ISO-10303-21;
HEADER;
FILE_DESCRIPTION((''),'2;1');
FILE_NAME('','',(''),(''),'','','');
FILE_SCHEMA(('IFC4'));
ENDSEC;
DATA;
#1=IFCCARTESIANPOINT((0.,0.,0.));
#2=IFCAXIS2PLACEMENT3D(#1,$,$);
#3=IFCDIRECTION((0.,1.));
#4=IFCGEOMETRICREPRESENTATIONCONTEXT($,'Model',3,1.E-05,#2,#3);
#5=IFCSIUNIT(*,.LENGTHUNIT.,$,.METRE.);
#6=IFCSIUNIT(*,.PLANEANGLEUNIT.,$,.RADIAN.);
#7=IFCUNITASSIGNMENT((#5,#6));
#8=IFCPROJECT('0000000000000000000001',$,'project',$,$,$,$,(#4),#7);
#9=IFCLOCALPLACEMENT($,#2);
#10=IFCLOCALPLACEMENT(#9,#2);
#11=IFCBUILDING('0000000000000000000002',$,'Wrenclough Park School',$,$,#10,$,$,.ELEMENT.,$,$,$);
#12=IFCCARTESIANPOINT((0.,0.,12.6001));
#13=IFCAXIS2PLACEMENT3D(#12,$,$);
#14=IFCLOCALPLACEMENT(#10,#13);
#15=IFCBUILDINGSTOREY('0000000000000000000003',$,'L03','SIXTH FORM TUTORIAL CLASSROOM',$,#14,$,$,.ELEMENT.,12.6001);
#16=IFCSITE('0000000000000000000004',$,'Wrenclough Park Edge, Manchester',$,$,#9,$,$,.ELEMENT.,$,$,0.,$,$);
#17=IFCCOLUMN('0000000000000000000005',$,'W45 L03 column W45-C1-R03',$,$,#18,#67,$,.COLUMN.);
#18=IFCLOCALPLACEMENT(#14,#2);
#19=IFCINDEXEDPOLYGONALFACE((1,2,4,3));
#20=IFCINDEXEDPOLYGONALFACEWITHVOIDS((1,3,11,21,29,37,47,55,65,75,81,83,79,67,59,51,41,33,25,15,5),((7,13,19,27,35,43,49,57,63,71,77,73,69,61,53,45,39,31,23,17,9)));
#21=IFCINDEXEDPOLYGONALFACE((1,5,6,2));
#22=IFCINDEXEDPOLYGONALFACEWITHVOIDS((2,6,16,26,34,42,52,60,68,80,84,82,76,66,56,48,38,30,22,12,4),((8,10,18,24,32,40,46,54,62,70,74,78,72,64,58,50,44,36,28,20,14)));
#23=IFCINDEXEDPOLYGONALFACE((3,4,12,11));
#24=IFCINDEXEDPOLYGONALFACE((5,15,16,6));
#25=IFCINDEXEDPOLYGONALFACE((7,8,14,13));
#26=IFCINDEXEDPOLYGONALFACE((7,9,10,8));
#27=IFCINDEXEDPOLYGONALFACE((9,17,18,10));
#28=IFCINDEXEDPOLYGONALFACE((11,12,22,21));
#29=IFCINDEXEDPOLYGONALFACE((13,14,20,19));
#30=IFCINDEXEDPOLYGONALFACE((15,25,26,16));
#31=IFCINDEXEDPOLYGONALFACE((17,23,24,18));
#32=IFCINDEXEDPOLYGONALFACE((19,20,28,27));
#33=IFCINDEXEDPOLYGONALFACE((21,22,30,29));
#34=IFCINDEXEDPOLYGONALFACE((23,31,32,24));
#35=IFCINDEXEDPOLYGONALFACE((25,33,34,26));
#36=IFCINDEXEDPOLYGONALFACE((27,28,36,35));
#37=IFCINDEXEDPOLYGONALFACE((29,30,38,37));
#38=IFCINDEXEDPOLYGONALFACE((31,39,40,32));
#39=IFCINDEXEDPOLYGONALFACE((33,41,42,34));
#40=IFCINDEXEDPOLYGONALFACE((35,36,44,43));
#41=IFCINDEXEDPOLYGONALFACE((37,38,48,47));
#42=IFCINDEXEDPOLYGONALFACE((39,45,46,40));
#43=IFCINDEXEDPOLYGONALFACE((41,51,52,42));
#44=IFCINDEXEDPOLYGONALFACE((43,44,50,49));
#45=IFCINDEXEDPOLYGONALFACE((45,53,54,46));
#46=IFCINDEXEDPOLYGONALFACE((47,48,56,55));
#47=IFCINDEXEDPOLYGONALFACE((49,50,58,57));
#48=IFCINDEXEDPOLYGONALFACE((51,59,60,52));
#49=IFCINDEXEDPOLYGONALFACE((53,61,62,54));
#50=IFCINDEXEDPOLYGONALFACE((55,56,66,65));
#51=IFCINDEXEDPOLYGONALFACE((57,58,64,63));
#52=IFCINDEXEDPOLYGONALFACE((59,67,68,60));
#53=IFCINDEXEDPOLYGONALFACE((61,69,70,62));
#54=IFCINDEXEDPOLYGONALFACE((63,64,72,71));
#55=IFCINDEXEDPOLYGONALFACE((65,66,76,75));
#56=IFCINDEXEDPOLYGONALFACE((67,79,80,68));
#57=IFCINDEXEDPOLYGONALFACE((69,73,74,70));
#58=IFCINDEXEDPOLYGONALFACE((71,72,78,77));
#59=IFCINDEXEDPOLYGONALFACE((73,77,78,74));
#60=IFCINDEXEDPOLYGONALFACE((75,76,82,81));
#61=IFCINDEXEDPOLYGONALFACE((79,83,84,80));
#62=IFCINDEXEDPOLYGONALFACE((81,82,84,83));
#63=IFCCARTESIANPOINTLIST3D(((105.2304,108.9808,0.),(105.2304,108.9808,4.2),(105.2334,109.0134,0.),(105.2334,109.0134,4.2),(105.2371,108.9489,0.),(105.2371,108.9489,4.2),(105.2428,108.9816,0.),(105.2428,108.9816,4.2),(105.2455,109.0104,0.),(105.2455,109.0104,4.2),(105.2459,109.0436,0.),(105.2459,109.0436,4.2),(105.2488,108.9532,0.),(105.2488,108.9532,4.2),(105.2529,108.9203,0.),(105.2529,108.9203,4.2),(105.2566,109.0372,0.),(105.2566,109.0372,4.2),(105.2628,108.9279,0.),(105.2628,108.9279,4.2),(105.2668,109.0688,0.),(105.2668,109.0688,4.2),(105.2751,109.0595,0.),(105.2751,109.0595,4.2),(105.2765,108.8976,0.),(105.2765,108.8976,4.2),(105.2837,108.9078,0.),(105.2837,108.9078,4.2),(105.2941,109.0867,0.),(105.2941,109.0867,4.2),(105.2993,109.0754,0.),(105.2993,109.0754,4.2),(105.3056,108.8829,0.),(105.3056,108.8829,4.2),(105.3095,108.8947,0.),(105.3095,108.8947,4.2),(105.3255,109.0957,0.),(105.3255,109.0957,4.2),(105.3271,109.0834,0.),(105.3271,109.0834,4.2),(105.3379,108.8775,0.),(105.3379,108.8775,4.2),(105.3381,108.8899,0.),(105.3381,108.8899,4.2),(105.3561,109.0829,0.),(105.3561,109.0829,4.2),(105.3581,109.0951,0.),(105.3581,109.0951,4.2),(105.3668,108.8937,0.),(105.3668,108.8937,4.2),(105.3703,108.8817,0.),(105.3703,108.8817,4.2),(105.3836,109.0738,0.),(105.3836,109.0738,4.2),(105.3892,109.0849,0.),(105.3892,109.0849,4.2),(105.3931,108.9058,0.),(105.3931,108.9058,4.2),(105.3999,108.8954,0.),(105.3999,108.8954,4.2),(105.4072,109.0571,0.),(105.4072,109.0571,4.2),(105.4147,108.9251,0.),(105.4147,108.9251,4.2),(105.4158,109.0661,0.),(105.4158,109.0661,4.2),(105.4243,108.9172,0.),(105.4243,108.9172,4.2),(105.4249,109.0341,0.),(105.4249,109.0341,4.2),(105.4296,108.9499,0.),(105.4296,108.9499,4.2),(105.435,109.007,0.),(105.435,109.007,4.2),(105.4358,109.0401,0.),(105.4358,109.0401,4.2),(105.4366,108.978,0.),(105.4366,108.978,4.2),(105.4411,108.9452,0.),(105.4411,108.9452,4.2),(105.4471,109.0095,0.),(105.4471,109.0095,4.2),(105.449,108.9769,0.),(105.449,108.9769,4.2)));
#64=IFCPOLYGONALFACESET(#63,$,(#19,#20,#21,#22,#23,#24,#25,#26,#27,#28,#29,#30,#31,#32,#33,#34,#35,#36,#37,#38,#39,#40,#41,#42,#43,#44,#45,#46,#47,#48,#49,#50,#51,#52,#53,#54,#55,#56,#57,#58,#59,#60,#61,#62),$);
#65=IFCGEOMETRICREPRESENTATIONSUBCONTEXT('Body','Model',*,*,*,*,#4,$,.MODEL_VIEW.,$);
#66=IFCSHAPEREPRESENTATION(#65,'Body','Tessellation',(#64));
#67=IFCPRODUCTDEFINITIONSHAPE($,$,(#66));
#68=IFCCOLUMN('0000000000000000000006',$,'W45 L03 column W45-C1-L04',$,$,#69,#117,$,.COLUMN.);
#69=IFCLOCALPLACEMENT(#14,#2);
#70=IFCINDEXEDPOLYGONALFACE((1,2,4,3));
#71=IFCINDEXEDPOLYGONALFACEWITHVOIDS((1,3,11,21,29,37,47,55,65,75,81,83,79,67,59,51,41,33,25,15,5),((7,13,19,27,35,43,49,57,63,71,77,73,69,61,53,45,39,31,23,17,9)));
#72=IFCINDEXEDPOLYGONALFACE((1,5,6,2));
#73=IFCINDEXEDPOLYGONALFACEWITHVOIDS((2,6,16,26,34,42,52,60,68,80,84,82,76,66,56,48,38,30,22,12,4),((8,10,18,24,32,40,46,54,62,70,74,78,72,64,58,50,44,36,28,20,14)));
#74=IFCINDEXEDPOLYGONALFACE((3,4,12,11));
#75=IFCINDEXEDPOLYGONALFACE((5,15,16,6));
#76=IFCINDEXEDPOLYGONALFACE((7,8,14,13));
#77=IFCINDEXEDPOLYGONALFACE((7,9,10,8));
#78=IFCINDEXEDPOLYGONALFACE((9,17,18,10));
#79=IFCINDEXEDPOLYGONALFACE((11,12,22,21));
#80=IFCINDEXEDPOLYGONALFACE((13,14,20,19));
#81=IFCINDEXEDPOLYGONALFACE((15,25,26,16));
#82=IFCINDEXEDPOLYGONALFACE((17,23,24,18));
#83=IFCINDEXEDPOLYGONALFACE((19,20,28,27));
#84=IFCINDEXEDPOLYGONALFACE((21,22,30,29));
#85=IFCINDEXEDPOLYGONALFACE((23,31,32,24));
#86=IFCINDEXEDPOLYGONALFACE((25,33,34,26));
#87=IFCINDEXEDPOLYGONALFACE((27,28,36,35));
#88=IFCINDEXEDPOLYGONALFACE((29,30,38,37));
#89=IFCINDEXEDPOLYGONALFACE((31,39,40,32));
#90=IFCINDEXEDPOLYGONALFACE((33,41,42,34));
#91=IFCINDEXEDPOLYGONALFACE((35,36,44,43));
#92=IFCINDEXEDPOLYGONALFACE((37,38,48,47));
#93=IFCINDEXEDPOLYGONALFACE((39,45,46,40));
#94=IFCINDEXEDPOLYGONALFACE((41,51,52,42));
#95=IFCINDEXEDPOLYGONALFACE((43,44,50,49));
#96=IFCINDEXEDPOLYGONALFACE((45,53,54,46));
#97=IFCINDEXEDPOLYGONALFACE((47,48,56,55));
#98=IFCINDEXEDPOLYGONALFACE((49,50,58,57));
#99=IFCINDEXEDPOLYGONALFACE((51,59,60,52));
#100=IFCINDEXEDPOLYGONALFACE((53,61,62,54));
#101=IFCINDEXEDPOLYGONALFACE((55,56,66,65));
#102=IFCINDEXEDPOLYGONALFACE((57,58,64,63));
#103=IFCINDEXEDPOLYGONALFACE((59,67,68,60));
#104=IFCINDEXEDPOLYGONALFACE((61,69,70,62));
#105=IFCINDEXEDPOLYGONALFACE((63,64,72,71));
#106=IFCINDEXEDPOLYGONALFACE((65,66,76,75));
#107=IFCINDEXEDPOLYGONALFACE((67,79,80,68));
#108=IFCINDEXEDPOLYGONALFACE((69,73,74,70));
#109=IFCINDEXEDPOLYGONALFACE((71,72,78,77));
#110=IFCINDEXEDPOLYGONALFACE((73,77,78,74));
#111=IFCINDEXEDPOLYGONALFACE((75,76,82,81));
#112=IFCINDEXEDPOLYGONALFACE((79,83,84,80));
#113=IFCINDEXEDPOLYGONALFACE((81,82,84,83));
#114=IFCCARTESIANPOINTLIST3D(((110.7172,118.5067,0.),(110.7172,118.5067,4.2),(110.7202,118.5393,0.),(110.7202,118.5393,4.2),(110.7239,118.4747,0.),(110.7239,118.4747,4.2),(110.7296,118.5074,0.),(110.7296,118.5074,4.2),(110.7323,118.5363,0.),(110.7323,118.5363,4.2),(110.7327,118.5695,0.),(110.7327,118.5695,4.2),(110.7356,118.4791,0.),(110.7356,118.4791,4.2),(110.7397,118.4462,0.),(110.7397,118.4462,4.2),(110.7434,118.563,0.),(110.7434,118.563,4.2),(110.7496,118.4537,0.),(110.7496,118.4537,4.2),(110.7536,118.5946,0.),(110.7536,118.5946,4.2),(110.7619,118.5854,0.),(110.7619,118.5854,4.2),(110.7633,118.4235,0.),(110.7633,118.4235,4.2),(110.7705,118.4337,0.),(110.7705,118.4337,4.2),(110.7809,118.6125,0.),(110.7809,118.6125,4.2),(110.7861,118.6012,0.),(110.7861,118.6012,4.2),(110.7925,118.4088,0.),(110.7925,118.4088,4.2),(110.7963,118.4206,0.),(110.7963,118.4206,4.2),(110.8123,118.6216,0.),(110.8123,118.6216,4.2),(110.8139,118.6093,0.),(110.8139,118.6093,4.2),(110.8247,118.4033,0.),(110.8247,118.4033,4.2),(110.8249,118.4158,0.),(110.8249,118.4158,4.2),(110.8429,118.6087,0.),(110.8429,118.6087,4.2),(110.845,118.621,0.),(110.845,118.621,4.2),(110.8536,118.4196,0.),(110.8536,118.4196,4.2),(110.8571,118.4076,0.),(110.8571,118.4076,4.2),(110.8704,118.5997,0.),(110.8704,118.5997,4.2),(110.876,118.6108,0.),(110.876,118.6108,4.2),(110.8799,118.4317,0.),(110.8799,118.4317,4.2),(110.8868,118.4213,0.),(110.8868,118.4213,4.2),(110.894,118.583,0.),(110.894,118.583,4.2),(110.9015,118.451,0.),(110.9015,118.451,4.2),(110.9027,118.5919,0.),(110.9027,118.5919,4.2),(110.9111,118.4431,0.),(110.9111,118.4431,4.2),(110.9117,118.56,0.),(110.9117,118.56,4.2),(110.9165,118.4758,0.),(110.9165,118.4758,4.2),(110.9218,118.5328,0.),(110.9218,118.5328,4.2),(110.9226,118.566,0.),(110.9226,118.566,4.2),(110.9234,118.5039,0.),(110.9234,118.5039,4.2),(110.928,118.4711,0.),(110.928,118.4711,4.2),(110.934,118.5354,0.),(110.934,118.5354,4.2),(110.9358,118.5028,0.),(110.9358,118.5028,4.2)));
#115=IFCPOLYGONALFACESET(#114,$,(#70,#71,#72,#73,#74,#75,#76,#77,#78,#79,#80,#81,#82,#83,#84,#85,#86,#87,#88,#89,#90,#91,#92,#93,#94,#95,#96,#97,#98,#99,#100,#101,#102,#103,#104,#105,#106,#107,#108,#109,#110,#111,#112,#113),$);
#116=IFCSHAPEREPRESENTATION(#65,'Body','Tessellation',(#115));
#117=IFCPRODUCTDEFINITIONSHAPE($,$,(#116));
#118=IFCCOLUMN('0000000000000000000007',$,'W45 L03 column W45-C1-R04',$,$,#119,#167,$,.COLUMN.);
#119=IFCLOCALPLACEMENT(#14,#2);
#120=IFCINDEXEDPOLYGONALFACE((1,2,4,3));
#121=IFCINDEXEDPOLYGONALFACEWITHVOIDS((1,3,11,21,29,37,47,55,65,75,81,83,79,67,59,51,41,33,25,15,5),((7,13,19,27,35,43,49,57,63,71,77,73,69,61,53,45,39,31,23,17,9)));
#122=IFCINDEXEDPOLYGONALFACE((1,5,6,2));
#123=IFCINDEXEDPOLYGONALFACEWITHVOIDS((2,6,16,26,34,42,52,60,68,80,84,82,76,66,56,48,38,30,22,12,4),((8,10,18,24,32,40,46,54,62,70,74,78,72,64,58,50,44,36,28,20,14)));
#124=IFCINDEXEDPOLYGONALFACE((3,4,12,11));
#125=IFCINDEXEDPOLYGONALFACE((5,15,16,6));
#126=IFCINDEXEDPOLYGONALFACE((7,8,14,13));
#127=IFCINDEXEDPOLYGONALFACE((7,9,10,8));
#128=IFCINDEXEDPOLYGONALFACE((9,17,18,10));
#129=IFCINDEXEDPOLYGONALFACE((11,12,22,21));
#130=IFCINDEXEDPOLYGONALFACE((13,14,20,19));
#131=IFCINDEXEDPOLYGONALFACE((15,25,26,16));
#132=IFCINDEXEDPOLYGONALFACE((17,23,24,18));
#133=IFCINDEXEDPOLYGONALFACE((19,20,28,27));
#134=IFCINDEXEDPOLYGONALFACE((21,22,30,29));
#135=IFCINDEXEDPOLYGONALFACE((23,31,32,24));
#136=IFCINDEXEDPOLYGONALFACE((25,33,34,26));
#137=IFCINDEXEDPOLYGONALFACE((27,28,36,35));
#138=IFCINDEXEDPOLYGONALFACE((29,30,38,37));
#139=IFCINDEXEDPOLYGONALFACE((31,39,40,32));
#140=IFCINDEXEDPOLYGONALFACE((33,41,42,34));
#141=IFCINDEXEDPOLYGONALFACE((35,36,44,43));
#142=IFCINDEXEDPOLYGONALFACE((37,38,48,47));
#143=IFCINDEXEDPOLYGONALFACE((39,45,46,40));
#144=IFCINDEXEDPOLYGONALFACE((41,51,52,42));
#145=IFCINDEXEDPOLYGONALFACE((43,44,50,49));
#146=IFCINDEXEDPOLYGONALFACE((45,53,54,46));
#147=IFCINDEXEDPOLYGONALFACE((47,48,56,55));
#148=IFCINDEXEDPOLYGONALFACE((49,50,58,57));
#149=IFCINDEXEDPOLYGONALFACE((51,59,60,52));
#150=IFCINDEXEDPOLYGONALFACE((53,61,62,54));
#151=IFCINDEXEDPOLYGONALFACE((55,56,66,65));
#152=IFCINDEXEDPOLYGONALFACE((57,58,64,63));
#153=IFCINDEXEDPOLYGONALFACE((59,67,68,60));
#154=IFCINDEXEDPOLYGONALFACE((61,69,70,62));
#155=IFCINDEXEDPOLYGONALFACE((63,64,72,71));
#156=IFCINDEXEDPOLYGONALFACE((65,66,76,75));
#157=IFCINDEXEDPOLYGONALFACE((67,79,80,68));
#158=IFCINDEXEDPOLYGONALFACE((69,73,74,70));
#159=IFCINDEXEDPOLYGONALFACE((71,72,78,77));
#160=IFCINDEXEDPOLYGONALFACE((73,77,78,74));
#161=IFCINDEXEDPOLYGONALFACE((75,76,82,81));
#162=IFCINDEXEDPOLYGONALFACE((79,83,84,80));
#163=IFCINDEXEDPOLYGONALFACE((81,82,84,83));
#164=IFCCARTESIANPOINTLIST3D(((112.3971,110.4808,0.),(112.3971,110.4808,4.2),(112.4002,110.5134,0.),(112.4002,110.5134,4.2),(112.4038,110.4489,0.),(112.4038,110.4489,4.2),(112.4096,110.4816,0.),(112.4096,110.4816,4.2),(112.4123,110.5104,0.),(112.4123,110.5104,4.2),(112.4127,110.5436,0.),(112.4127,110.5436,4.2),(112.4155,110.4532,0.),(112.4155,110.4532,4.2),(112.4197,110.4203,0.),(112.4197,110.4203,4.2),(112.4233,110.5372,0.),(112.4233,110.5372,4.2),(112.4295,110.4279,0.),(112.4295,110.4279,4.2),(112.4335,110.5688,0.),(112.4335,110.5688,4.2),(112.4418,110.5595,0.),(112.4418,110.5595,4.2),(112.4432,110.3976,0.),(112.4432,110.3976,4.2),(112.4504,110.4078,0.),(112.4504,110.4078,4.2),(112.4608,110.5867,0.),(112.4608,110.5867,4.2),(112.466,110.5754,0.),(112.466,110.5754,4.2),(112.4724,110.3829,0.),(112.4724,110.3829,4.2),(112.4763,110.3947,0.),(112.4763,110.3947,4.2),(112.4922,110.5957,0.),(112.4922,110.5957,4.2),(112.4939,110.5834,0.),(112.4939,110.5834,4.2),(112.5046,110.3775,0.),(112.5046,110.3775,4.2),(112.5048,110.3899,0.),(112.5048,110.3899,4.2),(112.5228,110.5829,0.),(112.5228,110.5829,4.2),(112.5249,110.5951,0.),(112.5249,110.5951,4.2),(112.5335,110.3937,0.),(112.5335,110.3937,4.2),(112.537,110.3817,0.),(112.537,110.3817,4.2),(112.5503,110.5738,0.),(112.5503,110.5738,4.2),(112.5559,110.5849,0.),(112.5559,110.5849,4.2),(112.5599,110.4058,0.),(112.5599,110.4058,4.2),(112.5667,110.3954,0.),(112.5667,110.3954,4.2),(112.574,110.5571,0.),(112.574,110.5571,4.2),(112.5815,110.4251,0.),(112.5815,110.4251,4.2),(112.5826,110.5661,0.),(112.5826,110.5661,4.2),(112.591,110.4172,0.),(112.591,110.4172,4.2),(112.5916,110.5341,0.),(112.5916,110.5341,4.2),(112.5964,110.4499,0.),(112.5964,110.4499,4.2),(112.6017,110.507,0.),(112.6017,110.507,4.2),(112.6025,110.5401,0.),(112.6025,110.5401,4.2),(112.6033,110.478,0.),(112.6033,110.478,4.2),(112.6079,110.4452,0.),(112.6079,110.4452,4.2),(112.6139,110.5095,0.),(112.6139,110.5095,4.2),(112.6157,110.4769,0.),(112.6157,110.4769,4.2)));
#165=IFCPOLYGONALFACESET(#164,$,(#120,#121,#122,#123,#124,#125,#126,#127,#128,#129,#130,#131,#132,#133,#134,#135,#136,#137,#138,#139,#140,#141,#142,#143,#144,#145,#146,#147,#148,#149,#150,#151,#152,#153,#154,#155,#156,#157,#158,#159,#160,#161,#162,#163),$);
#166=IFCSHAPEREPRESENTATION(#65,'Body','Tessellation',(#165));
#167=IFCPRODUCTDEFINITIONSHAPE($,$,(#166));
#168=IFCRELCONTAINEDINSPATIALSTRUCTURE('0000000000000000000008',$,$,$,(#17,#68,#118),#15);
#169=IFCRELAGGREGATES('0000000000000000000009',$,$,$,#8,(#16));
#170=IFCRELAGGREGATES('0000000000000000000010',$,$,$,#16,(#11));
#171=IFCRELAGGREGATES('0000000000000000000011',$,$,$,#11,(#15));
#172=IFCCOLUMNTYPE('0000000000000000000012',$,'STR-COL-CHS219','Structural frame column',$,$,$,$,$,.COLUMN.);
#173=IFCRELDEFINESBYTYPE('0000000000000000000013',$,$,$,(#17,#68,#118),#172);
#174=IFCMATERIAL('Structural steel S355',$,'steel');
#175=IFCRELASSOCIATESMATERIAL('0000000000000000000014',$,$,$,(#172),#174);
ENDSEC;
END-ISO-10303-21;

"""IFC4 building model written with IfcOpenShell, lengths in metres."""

from ifc_helpers import new_model, si_unit, direction, frame, origin, origin_2d, place, context, subcontext, project, spatial, hollow_circle, extrude, material, material_profile, profile_set, type_object, element, save


model = new_model("IFC4")

# Units and contexts
model_context = context("Model", 3, precision=1e-05, world=origin(), true_north=direction((0.0, 1.0)))
body_context = subcontext(model_context, "Body", "Model", "MODEL_VIEW")
ifc_project = project(units=[si_unit("LENGTHUNIT", "METRE"), si_unit("PLANEANGLEUNIT", "RADIAN")], contexts=[model_context])

# Site, building, storey
site_placement = place(None, origin())
site = spatial("IfcSite", under=ifc_project, at=site_placement, Name="Wrenclough Park Edge, Manchester", CompositionType="ELEMENT", RefElevation=0.0)
building_placement = place(site_placement, origin())
building = spatial("IfcBuilding", under=site, at=building_placement, Name="Wrenclough Park School", CompositionType="ELEMENT")
storey_placement = place(building_placement, frame((0.0, 0.0, 12.6001)))
storey = spatial("IfcBuildingStorey", under=building, at=storey_placement, Name="L03", Description="SIXTH FORM TUTORIAL CLASSROOM", CompositionType="ELEMENT", Elevation=12.6001)

# Columns
ifc_material_1 = material(Name="Structural steel S355", Category="steel")
ifc_material_profile_1 = material_profile(ifc_material_1, hollow_circle(Radius=0.1096, WallThickness=0.0125, at=origin_2d()), Name="CHS 219.1x12.5")
ifc_profile_set_1 = profile_set([ifc_material_profile_1], Name="Structural steel S355")
column_type = type_object("IfcColumnType", Name="STR-COL-CHS219", Description="Structural frame column", PredefinedType="COLUMN", material=ifc_profile_set_1)
for number, where, z_axis, x_axis, name in (
    (1, (105.3398, 108.9871, 0.0), (0.0, 0.0, 1.0), (0.978796, 0.204838, 0.0), "W45 L03 column W45-C1-R03"),
    (2, (110.8267, 118.5129, 0.0), (0.0, 0.0, 1.0), (0.978796, 0.204838, 0.0), "W45 L03 column W45-C1-L04"),
    (3, (112.5066, 110.4871, 0.0), (0.0, 0.0, 1.0), (0.978796, 0.204838, 0.0), "W45 L03 column W45-C1-R04"),
):
    element("IfcColumn", number, at=place(storey_placement, frame(where, z_axis=z_axis, x_axis=x_axis)), inside=storey, type_object=column_type, Name=name, PredefinedType="COLUMN", context=body_context, shape_type="SweptSolid", body=[
        extrude(hollow_circle(Radius=0.1096, WallThickness=0.0125, at=origin_2d()), origin(), (0.0, 0.0, 1.0), 4.2),
    ])

save(model, "model.ifc")
